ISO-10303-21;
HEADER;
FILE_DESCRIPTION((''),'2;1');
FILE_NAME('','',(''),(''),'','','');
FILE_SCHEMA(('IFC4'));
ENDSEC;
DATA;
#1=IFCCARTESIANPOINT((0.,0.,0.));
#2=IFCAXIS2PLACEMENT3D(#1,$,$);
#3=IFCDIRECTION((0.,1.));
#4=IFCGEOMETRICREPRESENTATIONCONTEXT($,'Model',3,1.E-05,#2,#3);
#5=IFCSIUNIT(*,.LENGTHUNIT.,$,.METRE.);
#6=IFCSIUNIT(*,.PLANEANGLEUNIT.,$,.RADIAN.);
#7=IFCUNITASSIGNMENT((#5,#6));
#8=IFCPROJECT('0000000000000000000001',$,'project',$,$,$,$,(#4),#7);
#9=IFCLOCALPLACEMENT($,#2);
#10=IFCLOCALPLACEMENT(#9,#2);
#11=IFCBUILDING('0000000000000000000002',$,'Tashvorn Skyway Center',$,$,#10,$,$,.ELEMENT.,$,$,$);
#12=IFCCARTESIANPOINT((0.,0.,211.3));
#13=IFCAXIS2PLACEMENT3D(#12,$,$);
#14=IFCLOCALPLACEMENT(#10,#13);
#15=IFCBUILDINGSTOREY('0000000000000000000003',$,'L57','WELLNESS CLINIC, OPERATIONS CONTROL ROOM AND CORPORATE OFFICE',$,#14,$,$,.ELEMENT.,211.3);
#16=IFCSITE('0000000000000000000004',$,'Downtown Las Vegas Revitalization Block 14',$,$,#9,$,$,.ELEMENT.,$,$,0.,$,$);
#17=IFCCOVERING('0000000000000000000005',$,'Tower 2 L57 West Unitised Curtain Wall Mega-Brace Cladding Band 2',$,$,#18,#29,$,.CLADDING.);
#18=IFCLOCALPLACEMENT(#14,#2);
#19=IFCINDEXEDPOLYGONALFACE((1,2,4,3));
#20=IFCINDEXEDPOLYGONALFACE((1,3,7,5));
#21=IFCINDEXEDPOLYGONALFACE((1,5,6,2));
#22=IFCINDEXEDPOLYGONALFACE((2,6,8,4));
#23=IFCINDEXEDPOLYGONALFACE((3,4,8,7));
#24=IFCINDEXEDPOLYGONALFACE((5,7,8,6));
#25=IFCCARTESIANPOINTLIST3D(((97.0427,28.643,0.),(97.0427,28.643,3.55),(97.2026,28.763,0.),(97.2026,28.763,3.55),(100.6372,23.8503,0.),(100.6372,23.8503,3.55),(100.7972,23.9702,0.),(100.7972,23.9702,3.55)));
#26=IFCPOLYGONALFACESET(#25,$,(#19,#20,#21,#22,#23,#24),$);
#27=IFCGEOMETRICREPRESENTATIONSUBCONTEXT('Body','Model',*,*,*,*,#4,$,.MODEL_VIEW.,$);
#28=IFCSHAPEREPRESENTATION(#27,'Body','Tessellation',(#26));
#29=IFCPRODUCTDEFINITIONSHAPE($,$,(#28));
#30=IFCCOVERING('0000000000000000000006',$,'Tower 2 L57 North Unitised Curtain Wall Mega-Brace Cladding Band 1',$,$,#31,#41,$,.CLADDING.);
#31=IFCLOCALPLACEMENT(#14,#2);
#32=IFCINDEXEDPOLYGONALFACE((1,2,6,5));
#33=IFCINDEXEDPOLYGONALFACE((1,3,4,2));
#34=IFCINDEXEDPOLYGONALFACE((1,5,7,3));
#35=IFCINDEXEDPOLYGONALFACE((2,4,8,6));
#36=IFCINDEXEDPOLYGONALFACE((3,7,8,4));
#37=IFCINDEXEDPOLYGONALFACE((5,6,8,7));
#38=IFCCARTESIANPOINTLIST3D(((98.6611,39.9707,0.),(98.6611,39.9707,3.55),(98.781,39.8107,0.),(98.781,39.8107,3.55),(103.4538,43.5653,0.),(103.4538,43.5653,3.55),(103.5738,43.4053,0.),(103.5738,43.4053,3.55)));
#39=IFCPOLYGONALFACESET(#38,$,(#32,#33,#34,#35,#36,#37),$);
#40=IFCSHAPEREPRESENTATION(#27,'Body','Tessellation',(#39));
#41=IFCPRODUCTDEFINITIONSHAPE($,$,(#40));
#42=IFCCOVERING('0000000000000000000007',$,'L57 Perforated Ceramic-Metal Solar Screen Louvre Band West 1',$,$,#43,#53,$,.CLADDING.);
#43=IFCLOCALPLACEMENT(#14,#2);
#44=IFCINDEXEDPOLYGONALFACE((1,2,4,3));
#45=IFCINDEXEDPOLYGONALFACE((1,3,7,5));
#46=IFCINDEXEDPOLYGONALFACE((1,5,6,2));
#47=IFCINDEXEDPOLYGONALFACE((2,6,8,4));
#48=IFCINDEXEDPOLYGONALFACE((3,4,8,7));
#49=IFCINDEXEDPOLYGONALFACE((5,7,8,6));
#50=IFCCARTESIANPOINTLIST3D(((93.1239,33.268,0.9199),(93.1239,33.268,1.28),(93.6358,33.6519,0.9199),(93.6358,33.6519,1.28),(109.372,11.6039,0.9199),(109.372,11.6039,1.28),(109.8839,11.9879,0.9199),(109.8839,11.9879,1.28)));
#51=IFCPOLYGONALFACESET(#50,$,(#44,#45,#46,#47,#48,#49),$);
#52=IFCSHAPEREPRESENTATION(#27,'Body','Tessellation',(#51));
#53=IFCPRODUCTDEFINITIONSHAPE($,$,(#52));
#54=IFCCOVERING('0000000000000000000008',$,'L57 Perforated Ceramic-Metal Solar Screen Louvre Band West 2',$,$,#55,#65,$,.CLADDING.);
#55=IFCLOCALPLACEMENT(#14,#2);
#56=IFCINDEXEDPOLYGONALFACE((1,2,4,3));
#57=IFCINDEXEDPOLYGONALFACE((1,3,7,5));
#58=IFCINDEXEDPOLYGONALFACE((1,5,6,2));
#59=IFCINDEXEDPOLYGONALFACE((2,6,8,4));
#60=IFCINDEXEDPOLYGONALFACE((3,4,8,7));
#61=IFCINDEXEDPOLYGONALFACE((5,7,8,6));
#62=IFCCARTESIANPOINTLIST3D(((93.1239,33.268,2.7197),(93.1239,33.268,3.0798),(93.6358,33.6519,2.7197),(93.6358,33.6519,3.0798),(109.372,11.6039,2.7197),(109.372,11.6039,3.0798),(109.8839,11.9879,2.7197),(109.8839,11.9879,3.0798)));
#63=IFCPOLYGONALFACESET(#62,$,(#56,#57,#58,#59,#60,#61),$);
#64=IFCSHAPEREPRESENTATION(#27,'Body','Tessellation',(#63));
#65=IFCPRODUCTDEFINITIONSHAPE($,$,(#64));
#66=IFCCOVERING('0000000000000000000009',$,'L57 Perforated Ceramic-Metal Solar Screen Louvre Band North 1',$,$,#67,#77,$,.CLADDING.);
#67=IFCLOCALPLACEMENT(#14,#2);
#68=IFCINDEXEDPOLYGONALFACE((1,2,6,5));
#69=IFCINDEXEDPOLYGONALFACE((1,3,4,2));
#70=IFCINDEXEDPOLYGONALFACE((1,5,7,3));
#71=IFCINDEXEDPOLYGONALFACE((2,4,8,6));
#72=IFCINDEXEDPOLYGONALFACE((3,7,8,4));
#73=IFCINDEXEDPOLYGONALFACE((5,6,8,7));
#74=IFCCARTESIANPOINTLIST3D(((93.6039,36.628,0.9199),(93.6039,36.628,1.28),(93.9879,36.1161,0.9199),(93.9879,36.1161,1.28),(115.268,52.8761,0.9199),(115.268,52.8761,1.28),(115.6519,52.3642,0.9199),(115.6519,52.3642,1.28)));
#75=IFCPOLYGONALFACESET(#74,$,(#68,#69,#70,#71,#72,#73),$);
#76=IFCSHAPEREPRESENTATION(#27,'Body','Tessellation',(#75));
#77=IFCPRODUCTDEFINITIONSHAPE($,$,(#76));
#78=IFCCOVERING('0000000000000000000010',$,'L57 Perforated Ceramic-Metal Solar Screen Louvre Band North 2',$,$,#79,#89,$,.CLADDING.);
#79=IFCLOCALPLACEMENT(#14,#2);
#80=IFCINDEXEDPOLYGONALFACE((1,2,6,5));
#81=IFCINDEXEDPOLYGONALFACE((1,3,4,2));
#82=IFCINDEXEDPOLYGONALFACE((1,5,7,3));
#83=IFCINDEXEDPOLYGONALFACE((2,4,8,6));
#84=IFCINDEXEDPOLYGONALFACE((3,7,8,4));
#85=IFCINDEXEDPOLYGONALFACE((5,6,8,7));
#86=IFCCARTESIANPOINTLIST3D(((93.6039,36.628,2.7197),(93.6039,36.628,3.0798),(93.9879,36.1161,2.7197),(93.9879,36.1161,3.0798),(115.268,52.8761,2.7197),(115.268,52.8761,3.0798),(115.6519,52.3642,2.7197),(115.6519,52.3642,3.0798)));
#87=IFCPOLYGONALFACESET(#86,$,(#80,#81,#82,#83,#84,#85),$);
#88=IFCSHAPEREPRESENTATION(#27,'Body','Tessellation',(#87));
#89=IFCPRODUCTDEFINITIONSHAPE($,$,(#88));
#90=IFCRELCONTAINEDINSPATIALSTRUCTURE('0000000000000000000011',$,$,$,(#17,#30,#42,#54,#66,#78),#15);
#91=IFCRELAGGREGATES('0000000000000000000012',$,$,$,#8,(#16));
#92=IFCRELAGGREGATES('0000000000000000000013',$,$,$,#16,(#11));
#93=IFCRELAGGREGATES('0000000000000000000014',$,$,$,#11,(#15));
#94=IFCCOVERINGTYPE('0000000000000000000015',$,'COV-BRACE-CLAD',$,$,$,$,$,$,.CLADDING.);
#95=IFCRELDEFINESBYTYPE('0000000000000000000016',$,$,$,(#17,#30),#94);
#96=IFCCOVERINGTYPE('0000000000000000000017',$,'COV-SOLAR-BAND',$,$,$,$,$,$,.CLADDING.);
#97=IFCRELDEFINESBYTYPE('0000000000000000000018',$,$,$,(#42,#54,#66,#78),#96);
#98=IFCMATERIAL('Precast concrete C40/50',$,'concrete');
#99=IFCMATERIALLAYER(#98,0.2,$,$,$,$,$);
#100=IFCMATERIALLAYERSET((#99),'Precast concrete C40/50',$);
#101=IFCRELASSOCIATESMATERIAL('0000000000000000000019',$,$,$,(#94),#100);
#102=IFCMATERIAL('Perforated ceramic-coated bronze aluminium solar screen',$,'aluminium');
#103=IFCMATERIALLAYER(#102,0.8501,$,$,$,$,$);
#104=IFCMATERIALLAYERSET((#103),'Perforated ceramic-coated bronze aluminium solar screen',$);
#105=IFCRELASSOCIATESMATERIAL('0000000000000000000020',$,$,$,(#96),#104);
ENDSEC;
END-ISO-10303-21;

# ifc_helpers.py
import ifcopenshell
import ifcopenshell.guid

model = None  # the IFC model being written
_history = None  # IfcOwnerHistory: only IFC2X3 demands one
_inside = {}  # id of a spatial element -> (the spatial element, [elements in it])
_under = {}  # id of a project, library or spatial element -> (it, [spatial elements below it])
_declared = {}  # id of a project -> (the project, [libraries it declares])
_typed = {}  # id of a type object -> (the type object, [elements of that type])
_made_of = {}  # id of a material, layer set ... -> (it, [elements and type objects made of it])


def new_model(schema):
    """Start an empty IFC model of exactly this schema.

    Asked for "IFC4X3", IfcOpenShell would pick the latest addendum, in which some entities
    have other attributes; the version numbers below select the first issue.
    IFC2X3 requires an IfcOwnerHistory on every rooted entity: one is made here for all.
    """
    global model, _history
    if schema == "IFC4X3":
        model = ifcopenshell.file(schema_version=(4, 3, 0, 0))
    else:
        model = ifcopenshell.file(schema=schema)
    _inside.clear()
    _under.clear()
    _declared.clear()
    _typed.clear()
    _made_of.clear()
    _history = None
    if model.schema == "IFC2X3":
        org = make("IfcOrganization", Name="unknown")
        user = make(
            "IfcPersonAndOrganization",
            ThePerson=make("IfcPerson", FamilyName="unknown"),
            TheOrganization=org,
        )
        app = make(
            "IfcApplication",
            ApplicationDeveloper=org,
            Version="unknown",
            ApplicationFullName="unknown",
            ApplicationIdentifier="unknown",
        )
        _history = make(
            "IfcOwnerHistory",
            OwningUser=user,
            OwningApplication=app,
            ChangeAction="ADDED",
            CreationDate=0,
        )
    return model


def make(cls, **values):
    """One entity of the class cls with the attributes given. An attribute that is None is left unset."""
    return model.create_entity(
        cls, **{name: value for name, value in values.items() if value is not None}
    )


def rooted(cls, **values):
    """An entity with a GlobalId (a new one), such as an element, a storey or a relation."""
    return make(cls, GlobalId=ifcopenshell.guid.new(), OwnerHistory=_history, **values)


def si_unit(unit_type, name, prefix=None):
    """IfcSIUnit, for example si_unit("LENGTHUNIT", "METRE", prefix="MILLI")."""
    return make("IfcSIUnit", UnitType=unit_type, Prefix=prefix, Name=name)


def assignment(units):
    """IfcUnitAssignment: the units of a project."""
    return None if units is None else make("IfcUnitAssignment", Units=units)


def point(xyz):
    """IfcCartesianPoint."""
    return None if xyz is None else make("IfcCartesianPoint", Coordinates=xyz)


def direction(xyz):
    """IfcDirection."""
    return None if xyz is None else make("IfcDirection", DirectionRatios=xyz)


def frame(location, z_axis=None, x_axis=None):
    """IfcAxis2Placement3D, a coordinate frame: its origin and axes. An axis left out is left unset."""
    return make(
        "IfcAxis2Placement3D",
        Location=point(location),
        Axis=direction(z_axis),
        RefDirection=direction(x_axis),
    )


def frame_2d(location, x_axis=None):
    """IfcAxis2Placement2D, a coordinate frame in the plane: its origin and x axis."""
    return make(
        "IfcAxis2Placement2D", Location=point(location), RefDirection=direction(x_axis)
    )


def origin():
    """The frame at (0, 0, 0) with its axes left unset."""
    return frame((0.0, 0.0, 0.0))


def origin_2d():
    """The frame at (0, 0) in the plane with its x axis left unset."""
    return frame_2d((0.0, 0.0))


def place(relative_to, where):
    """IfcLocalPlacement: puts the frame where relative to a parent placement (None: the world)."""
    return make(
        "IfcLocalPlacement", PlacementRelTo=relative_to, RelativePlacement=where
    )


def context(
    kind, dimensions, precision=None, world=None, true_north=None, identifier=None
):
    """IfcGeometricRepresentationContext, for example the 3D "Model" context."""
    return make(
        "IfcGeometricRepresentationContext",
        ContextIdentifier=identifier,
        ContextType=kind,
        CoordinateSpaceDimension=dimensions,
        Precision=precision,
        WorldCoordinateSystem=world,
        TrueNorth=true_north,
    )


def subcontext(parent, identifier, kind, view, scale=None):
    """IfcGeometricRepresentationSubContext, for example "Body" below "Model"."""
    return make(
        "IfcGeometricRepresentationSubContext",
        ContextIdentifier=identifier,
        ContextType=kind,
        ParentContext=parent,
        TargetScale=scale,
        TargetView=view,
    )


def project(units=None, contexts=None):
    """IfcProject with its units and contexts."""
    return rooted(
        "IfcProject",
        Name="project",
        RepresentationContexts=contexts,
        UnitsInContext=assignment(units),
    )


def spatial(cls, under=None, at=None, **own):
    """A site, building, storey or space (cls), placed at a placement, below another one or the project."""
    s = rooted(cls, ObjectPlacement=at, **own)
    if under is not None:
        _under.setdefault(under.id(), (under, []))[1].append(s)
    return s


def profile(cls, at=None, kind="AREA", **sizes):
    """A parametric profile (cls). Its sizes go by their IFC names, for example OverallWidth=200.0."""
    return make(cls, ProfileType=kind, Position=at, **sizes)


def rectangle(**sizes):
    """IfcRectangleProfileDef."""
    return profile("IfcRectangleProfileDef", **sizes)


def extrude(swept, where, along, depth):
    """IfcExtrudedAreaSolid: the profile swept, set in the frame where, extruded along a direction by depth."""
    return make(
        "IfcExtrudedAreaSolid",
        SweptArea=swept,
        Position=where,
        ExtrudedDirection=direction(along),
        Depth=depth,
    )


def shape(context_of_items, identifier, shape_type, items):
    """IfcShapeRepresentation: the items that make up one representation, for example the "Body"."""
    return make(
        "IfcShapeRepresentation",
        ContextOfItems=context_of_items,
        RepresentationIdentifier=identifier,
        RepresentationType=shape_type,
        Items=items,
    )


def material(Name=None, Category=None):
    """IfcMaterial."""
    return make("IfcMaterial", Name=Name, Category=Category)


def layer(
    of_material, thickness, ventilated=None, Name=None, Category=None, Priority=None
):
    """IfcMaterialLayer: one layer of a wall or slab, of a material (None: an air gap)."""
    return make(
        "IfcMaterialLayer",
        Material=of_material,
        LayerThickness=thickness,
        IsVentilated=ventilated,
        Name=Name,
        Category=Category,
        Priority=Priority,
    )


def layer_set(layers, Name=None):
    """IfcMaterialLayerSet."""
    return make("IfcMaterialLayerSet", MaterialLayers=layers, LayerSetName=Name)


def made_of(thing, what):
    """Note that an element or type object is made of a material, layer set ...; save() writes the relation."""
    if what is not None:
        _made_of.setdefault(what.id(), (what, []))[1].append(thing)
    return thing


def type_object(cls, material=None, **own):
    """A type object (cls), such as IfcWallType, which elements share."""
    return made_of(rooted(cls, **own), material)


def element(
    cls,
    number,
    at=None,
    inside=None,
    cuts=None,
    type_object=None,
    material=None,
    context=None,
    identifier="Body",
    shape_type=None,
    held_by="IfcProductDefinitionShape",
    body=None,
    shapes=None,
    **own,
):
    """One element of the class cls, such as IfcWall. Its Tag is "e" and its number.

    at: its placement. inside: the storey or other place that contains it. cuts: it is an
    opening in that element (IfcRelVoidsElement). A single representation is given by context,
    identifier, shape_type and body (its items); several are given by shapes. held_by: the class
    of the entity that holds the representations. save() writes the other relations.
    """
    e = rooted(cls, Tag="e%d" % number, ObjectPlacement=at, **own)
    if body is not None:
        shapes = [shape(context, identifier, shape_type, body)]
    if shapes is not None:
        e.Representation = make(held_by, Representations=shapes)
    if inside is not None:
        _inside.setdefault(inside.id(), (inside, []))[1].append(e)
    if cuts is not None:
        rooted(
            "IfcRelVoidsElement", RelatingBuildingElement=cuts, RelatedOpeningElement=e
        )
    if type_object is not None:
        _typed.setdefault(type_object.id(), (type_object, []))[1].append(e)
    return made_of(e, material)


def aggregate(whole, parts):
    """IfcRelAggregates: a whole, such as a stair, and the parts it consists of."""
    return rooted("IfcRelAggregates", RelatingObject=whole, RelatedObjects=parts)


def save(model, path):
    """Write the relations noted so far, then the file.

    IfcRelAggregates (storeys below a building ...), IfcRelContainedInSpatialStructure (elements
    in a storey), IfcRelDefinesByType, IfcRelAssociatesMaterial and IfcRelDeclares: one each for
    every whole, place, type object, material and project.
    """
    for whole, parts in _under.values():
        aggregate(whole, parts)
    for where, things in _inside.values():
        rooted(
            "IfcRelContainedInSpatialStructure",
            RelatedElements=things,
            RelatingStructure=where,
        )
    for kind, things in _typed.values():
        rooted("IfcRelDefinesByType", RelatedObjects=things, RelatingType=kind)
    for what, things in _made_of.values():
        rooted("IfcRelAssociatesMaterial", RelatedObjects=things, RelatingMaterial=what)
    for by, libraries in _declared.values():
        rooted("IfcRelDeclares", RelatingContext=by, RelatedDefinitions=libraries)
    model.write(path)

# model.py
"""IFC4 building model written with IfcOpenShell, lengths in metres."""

from ifc_helpers import new_model, si_unit, direction, frame, origin, origin_2d, place, context, subcontext, project, spatial, rectangle, extrude, material, layer, layer_set, type_object, element, save


model = new_model("IFC4")

# Units and contexts
model_context = context("Model", 3, precision=1e-05, world=origin(), true_north=direction((0.0, 1.0)))
body_context = subcontext(model_context, "Body", "Model", "MODEL_VIEW")
ifc_project = project(units=[si_unit("LENGTHUNIT", "METRE"), si_unit("PLANEANGLEUNIT", "RADIAN")], contexts=[model_context])

# Site, building, storey
site_placement = place(None, origin())
site = spatial("IfcSite", under=ifc_project, at=site_placement, Name="Downtown Las Vegas Revitalization Block 14", CompositionType="ELEMENT", RefElevation=0.0)
building_placement = place(site_placement, origin())
building = spatial("IfcBuilding", under=site, at=building_placement, Name="Tashvorn Skyway Center", CompositionType="ELEMENT")
storey_placement = place(building_placement, frame((0.0, 0.0, 211.3)))
storey = spatial("IfcBuildingStorey", under=building, at=storey_placement, Name="L57", Description="WELLNESS CLINIC, OPERATIONS CONTROL ROOM AND CORPORATE OFFICE", CompositionType="ELEMENT", Elevation=211.3)

# Coverings
ifc_material_1 = material(Name="Precast concrete C40/50", Category="concrete")
ifc_layer_1 = layer(ifc_material_1, 0.2)
ifc_layer_set_1 = layer_set([ifc_layer_1], Name="Precast concrete C40/50")
covering_type_1 = type_object("IfcCoveringType", Name="COV-BRACE-CLAD", PredefinedType="CLADDING", material=ifc_layer_set_1)
for number, where, z_axis, x_axis, name in (
    (1, (98.9199, 26.3066, 0.0), (0.0, 0.0, 1.0), (-0.6, 0.8, 0.0), "Tower 2 L57 West Unitised Curtain Wall Mega-Brace Cladding Band 2"),
    (2, (101.1174, 41.688, 0.0), (0.0, 0.0, 1.0), (0.8, 0.6, 0.0), "Tower 2 L57 North Unitised Curtain Wall Mega-Brace Cladding Band 1"),
):
    element("IfcCovering", number, at=place(storey_placement, frame(where, z_axis=z_axis, x_axis=x_axis)), inside=storey, type_object=covering_type_1, Name=name, PredefinedType="CLADDING", context=body_context, shape_type="SweptSolid", body=[
        extrude(rectangle(XDim=5.991, YDim=0.2, at=origin_2d()), origin(), (0.0, 0.0, 1.0), 3.55),
    ])
ifc_material_2 = material(Name="Perforated ceramic-coated bronze aluminium solar screen", Category="aluminium")
ifc_layer_2 = layer(ifc_material_2, 0.8501)
ifc_layer_set_2 = layer_set([ifc_layer_2], Name="Perforated ceramic-coated bronze aluminium solar screen")
covering_type_2 = type_object("IfcCoveringType", Name="COV-SOLAR-BAND", PredefinedType="CLADDING", material=ifc_layer_set_2)
for number, where, z_axis, x_axis, name in (
    (3, (101.5039, 22.6279, 0.9199), (0.0, 0.0, 1.0), (-0.6, 0.8, 0.0), "L57 Perforated Ceramic-Metal Solar Screen Louvre Band West 1"),
    (4, (101.5039, 22.6279, 2.7197), (0.0, 0.0, 1.0), (-0.6, 0.8, 0.0), "L57 Perforated Ceramic-Metal Solar Screen Louvre Band West 2"),
    (5, (104.6279, 44.4961, 0.9199), (0.0, 0.0, 1.0), (0.8, 0.6, 0.0), "L57 Perforated Ceramic-Metal Solar Screen Louvre Band North 1"),
    (6, (104.6279, 44.4961, 2.7197), (0.0, 0.0, 1.0), (0.8, 0.6, 0.0), "L57 Perforated Ceramic-Metal Solar Screen Louvre Band North 2"),
):
    element("IfcCovering", number, at=place(storey_placement, frame(where, z_axis=z_axis, x_axis=x_axis)), inside=storey, type_object=covering_type_2, Name=name, PredefinedType="CLADDING", context=body_context, shape_type="SweptSolid", body=[
        extrude(rectangle(XDim=27.0801, YDim=0.6399, at=origin_2d()), origin(), (0.0, 0.0, 1.0), 0.3601),
    ])

save(model, "model.ifc")
